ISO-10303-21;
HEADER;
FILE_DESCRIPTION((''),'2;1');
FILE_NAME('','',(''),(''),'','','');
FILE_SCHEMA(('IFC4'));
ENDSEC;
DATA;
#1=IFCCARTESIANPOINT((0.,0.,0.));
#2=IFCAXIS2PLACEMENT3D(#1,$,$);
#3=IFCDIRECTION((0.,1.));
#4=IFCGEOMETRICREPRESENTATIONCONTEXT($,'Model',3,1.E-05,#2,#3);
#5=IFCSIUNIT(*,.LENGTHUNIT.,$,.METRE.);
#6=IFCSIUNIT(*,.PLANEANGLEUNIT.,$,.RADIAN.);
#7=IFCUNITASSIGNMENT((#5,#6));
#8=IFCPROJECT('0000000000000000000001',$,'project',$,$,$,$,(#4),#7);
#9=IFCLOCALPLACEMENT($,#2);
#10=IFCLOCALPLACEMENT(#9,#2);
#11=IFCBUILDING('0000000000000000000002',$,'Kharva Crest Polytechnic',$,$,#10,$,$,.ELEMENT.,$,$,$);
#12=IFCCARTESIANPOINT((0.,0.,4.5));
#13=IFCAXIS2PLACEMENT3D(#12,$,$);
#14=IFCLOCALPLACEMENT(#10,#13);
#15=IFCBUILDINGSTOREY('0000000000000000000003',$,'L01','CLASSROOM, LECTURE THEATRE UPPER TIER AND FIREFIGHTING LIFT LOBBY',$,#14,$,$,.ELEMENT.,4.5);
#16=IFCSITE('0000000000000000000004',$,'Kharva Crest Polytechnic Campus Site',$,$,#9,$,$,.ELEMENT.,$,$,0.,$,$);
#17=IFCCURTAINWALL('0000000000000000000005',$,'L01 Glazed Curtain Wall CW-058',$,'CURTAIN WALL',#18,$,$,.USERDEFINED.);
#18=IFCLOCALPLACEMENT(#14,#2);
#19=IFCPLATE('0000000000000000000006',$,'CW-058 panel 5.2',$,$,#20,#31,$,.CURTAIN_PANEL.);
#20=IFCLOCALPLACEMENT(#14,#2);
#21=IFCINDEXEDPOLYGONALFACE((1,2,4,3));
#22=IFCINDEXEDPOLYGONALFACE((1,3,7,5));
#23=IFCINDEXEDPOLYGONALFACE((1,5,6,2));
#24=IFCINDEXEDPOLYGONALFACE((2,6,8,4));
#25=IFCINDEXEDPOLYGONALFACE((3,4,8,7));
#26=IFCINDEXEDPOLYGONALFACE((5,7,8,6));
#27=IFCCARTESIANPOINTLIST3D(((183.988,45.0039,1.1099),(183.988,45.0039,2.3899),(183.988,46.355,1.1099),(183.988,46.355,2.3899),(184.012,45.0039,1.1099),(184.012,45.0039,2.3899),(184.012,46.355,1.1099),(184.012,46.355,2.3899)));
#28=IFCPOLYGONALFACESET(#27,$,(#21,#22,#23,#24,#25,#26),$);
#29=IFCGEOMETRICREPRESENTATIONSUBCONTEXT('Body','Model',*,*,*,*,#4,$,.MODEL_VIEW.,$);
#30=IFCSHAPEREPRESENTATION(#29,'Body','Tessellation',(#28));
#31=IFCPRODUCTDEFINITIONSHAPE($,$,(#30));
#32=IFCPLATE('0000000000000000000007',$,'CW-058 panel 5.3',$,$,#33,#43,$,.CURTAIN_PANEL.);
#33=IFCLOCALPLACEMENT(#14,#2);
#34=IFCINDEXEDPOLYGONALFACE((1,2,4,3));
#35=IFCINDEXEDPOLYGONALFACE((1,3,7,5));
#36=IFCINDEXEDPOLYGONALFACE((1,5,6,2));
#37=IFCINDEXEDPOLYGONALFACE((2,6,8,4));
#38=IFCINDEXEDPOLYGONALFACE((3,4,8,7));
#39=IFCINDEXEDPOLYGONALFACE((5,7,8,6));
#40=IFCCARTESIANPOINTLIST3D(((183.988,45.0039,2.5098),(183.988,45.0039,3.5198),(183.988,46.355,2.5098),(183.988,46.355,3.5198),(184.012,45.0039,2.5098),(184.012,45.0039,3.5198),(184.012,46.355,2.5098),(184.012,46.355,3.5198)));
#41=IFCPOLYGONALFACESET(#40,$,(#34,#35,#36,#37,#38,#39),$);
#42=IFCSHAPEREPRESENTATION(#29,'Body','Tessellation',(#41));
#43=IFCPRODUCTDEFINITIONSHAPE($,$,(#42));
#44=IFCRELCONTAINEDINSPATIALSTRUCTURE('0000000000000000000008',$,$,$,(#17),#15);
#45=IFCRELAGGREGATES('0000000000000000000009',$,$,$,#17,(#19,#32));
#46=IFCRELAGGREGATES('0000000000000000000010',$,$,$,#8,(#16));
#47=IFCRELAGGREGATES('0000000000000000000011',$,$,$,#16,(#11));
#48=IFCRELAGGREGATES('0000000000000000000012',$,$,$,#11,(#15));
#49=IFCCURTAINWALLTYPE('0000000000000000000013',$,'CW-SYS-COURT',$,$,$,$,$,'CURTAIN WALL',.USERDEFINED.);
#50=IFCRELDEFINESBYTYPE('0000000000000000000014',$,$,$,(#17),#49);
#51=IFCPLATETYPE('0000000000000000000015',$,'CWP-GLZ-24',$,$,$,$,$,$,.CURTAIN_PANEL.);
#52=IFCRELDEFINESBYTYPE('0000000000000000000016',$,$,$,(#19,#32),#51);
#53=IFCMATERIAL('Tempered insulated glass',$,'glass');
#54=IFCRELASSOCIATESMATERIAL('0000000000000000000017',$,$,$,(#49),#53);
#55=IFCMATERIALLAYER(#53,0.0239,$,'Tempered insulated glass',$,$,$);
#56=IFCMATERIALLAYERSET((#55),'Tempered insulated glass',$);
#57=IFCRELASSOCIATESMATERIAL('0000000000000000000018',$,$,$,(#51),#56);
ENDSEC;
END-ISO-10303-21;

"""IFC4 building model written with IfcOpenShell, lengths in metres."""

from ifc_helpers import new_model, si_unit, direction, frame, origin, origin_2d, place, context, subcontext, project, spatial, rectangle, extrude, material, layer, layer_set, type_object, element, aggregate, save


model = new_model("IFC4")

# Units and contexts
model_context = context("Model", 3, precision=1e-05, world=origin(), true_north=direction((0.0, 1.0)))
body_context = subcontext(model_context, "Body", "Model", "MODEL_VIEW")
ifc_project = project(units=[si_unit("LENGTHUNIT", "METRE"), si_unit("PLANEANGLEUNIT", "RADIAN")], contexts=[model_context])

# Site, building, storey
site_placement = place(None, origin())
site = spatial("IfcSite", under=ifc_project, at=site_placement, Name="Kharva Crest Polytechnic Campus Site", CompositionType="ELEMENT", RefElevation=0.0)
building_placement = place(site_placement, origin())
building = spatial("IfcBuilding", under=site, at=building_placement, Name="Kharva Crest Polytechnic", CompositionType="ELEMENT")
storey_placement = place(building_placement, frame((0.0, 0.0, 4.5)))
storey = spatial("IfcBuildingStorey", under=building, at=storey_placement, Name="L01", Description="CLASSROOM, LECTURE THEATRE UPPER TIER AND FIREFIGHTING LIFT LOBBY", CompositionType="ELEMENT", Elevation=4.5)

# Curtain wall
ifc_material_1 = material(Name="Tempered insulated glass", Category="glass")
curtain_wall_type = type_object("IfcCurtainWallType", Name="CW-SYS-COURT", ElementType="CURTAIN WALL", PredefinedType="USERDEFINED", material=ifc_material_1)
curtain_wall_1_placement = place(storey_placement, origin())
curtain_wall_1 = element("IfcCurtainWall", 1, at=curtain_wall_1_placement, inside=storey, type_object=curtain_wall_type, Name="L01 Glazed Curtain Wall CW-058", ObjectType="CURTAIN WALL", PredefinedType="USERDEFINED")

# Plates
ifc_layer = layer(ifc_material_1, 0.0239, Name="Tempered insulated glass")
ifc_layer_set = layer_set([ifc_layer], Name="Tempered insulated glass")
plate_type = type_object("IfcPlateType", Name="CWP-GLZ-24", PredefinedType="CURTAIN_PANEL", material=ifc_layer_set)
plate_1_placement = place(storey_placement, frame((184.0, 45.6794, 1.1099), z_axis=(0.0, 0.0, 1.0), x_axis=(0.0, 1.0, 0.0)))
plate_1 = element("IfcPlate", 2, at=plate_1_placement, type_object=plate_type, Name="CW-058 panel 5.2", PredefinedType="CURTAIN_PANEL", context=body_context, shape_type="SweptSolid", body=[
    extrude(rectangle(XDim=1.3511, YDim=0.0239, at=origin_2d()), origin(), (0.0, 0.0, 1.0), 1.28),
])
plate_2_placement = place(storey_placement, frame((184.0, 45.6794, 2.5098), z_axis=(0.0, 0.0, 1.0), x_axis=(0.0, 1.0, 0.0)))
plate_2 = element("IfcPlate", 3, at=plate_2_placement, type_object=plate_type, Name="CW-058 panel 5.3", PredefinedType="CURTAIN_PANEL", context=body_context, shape_type="SweptSolid", body=[
    extrude(rectangle(XDim=1.3511, YDim=0.0239, at=origin_2d()), origin(), (0.0, 0.0, 1.0), 1.01),
])
aggregate(curtain_wall_1, [plate_1, plate_2])

save(model, "model.ifc")
